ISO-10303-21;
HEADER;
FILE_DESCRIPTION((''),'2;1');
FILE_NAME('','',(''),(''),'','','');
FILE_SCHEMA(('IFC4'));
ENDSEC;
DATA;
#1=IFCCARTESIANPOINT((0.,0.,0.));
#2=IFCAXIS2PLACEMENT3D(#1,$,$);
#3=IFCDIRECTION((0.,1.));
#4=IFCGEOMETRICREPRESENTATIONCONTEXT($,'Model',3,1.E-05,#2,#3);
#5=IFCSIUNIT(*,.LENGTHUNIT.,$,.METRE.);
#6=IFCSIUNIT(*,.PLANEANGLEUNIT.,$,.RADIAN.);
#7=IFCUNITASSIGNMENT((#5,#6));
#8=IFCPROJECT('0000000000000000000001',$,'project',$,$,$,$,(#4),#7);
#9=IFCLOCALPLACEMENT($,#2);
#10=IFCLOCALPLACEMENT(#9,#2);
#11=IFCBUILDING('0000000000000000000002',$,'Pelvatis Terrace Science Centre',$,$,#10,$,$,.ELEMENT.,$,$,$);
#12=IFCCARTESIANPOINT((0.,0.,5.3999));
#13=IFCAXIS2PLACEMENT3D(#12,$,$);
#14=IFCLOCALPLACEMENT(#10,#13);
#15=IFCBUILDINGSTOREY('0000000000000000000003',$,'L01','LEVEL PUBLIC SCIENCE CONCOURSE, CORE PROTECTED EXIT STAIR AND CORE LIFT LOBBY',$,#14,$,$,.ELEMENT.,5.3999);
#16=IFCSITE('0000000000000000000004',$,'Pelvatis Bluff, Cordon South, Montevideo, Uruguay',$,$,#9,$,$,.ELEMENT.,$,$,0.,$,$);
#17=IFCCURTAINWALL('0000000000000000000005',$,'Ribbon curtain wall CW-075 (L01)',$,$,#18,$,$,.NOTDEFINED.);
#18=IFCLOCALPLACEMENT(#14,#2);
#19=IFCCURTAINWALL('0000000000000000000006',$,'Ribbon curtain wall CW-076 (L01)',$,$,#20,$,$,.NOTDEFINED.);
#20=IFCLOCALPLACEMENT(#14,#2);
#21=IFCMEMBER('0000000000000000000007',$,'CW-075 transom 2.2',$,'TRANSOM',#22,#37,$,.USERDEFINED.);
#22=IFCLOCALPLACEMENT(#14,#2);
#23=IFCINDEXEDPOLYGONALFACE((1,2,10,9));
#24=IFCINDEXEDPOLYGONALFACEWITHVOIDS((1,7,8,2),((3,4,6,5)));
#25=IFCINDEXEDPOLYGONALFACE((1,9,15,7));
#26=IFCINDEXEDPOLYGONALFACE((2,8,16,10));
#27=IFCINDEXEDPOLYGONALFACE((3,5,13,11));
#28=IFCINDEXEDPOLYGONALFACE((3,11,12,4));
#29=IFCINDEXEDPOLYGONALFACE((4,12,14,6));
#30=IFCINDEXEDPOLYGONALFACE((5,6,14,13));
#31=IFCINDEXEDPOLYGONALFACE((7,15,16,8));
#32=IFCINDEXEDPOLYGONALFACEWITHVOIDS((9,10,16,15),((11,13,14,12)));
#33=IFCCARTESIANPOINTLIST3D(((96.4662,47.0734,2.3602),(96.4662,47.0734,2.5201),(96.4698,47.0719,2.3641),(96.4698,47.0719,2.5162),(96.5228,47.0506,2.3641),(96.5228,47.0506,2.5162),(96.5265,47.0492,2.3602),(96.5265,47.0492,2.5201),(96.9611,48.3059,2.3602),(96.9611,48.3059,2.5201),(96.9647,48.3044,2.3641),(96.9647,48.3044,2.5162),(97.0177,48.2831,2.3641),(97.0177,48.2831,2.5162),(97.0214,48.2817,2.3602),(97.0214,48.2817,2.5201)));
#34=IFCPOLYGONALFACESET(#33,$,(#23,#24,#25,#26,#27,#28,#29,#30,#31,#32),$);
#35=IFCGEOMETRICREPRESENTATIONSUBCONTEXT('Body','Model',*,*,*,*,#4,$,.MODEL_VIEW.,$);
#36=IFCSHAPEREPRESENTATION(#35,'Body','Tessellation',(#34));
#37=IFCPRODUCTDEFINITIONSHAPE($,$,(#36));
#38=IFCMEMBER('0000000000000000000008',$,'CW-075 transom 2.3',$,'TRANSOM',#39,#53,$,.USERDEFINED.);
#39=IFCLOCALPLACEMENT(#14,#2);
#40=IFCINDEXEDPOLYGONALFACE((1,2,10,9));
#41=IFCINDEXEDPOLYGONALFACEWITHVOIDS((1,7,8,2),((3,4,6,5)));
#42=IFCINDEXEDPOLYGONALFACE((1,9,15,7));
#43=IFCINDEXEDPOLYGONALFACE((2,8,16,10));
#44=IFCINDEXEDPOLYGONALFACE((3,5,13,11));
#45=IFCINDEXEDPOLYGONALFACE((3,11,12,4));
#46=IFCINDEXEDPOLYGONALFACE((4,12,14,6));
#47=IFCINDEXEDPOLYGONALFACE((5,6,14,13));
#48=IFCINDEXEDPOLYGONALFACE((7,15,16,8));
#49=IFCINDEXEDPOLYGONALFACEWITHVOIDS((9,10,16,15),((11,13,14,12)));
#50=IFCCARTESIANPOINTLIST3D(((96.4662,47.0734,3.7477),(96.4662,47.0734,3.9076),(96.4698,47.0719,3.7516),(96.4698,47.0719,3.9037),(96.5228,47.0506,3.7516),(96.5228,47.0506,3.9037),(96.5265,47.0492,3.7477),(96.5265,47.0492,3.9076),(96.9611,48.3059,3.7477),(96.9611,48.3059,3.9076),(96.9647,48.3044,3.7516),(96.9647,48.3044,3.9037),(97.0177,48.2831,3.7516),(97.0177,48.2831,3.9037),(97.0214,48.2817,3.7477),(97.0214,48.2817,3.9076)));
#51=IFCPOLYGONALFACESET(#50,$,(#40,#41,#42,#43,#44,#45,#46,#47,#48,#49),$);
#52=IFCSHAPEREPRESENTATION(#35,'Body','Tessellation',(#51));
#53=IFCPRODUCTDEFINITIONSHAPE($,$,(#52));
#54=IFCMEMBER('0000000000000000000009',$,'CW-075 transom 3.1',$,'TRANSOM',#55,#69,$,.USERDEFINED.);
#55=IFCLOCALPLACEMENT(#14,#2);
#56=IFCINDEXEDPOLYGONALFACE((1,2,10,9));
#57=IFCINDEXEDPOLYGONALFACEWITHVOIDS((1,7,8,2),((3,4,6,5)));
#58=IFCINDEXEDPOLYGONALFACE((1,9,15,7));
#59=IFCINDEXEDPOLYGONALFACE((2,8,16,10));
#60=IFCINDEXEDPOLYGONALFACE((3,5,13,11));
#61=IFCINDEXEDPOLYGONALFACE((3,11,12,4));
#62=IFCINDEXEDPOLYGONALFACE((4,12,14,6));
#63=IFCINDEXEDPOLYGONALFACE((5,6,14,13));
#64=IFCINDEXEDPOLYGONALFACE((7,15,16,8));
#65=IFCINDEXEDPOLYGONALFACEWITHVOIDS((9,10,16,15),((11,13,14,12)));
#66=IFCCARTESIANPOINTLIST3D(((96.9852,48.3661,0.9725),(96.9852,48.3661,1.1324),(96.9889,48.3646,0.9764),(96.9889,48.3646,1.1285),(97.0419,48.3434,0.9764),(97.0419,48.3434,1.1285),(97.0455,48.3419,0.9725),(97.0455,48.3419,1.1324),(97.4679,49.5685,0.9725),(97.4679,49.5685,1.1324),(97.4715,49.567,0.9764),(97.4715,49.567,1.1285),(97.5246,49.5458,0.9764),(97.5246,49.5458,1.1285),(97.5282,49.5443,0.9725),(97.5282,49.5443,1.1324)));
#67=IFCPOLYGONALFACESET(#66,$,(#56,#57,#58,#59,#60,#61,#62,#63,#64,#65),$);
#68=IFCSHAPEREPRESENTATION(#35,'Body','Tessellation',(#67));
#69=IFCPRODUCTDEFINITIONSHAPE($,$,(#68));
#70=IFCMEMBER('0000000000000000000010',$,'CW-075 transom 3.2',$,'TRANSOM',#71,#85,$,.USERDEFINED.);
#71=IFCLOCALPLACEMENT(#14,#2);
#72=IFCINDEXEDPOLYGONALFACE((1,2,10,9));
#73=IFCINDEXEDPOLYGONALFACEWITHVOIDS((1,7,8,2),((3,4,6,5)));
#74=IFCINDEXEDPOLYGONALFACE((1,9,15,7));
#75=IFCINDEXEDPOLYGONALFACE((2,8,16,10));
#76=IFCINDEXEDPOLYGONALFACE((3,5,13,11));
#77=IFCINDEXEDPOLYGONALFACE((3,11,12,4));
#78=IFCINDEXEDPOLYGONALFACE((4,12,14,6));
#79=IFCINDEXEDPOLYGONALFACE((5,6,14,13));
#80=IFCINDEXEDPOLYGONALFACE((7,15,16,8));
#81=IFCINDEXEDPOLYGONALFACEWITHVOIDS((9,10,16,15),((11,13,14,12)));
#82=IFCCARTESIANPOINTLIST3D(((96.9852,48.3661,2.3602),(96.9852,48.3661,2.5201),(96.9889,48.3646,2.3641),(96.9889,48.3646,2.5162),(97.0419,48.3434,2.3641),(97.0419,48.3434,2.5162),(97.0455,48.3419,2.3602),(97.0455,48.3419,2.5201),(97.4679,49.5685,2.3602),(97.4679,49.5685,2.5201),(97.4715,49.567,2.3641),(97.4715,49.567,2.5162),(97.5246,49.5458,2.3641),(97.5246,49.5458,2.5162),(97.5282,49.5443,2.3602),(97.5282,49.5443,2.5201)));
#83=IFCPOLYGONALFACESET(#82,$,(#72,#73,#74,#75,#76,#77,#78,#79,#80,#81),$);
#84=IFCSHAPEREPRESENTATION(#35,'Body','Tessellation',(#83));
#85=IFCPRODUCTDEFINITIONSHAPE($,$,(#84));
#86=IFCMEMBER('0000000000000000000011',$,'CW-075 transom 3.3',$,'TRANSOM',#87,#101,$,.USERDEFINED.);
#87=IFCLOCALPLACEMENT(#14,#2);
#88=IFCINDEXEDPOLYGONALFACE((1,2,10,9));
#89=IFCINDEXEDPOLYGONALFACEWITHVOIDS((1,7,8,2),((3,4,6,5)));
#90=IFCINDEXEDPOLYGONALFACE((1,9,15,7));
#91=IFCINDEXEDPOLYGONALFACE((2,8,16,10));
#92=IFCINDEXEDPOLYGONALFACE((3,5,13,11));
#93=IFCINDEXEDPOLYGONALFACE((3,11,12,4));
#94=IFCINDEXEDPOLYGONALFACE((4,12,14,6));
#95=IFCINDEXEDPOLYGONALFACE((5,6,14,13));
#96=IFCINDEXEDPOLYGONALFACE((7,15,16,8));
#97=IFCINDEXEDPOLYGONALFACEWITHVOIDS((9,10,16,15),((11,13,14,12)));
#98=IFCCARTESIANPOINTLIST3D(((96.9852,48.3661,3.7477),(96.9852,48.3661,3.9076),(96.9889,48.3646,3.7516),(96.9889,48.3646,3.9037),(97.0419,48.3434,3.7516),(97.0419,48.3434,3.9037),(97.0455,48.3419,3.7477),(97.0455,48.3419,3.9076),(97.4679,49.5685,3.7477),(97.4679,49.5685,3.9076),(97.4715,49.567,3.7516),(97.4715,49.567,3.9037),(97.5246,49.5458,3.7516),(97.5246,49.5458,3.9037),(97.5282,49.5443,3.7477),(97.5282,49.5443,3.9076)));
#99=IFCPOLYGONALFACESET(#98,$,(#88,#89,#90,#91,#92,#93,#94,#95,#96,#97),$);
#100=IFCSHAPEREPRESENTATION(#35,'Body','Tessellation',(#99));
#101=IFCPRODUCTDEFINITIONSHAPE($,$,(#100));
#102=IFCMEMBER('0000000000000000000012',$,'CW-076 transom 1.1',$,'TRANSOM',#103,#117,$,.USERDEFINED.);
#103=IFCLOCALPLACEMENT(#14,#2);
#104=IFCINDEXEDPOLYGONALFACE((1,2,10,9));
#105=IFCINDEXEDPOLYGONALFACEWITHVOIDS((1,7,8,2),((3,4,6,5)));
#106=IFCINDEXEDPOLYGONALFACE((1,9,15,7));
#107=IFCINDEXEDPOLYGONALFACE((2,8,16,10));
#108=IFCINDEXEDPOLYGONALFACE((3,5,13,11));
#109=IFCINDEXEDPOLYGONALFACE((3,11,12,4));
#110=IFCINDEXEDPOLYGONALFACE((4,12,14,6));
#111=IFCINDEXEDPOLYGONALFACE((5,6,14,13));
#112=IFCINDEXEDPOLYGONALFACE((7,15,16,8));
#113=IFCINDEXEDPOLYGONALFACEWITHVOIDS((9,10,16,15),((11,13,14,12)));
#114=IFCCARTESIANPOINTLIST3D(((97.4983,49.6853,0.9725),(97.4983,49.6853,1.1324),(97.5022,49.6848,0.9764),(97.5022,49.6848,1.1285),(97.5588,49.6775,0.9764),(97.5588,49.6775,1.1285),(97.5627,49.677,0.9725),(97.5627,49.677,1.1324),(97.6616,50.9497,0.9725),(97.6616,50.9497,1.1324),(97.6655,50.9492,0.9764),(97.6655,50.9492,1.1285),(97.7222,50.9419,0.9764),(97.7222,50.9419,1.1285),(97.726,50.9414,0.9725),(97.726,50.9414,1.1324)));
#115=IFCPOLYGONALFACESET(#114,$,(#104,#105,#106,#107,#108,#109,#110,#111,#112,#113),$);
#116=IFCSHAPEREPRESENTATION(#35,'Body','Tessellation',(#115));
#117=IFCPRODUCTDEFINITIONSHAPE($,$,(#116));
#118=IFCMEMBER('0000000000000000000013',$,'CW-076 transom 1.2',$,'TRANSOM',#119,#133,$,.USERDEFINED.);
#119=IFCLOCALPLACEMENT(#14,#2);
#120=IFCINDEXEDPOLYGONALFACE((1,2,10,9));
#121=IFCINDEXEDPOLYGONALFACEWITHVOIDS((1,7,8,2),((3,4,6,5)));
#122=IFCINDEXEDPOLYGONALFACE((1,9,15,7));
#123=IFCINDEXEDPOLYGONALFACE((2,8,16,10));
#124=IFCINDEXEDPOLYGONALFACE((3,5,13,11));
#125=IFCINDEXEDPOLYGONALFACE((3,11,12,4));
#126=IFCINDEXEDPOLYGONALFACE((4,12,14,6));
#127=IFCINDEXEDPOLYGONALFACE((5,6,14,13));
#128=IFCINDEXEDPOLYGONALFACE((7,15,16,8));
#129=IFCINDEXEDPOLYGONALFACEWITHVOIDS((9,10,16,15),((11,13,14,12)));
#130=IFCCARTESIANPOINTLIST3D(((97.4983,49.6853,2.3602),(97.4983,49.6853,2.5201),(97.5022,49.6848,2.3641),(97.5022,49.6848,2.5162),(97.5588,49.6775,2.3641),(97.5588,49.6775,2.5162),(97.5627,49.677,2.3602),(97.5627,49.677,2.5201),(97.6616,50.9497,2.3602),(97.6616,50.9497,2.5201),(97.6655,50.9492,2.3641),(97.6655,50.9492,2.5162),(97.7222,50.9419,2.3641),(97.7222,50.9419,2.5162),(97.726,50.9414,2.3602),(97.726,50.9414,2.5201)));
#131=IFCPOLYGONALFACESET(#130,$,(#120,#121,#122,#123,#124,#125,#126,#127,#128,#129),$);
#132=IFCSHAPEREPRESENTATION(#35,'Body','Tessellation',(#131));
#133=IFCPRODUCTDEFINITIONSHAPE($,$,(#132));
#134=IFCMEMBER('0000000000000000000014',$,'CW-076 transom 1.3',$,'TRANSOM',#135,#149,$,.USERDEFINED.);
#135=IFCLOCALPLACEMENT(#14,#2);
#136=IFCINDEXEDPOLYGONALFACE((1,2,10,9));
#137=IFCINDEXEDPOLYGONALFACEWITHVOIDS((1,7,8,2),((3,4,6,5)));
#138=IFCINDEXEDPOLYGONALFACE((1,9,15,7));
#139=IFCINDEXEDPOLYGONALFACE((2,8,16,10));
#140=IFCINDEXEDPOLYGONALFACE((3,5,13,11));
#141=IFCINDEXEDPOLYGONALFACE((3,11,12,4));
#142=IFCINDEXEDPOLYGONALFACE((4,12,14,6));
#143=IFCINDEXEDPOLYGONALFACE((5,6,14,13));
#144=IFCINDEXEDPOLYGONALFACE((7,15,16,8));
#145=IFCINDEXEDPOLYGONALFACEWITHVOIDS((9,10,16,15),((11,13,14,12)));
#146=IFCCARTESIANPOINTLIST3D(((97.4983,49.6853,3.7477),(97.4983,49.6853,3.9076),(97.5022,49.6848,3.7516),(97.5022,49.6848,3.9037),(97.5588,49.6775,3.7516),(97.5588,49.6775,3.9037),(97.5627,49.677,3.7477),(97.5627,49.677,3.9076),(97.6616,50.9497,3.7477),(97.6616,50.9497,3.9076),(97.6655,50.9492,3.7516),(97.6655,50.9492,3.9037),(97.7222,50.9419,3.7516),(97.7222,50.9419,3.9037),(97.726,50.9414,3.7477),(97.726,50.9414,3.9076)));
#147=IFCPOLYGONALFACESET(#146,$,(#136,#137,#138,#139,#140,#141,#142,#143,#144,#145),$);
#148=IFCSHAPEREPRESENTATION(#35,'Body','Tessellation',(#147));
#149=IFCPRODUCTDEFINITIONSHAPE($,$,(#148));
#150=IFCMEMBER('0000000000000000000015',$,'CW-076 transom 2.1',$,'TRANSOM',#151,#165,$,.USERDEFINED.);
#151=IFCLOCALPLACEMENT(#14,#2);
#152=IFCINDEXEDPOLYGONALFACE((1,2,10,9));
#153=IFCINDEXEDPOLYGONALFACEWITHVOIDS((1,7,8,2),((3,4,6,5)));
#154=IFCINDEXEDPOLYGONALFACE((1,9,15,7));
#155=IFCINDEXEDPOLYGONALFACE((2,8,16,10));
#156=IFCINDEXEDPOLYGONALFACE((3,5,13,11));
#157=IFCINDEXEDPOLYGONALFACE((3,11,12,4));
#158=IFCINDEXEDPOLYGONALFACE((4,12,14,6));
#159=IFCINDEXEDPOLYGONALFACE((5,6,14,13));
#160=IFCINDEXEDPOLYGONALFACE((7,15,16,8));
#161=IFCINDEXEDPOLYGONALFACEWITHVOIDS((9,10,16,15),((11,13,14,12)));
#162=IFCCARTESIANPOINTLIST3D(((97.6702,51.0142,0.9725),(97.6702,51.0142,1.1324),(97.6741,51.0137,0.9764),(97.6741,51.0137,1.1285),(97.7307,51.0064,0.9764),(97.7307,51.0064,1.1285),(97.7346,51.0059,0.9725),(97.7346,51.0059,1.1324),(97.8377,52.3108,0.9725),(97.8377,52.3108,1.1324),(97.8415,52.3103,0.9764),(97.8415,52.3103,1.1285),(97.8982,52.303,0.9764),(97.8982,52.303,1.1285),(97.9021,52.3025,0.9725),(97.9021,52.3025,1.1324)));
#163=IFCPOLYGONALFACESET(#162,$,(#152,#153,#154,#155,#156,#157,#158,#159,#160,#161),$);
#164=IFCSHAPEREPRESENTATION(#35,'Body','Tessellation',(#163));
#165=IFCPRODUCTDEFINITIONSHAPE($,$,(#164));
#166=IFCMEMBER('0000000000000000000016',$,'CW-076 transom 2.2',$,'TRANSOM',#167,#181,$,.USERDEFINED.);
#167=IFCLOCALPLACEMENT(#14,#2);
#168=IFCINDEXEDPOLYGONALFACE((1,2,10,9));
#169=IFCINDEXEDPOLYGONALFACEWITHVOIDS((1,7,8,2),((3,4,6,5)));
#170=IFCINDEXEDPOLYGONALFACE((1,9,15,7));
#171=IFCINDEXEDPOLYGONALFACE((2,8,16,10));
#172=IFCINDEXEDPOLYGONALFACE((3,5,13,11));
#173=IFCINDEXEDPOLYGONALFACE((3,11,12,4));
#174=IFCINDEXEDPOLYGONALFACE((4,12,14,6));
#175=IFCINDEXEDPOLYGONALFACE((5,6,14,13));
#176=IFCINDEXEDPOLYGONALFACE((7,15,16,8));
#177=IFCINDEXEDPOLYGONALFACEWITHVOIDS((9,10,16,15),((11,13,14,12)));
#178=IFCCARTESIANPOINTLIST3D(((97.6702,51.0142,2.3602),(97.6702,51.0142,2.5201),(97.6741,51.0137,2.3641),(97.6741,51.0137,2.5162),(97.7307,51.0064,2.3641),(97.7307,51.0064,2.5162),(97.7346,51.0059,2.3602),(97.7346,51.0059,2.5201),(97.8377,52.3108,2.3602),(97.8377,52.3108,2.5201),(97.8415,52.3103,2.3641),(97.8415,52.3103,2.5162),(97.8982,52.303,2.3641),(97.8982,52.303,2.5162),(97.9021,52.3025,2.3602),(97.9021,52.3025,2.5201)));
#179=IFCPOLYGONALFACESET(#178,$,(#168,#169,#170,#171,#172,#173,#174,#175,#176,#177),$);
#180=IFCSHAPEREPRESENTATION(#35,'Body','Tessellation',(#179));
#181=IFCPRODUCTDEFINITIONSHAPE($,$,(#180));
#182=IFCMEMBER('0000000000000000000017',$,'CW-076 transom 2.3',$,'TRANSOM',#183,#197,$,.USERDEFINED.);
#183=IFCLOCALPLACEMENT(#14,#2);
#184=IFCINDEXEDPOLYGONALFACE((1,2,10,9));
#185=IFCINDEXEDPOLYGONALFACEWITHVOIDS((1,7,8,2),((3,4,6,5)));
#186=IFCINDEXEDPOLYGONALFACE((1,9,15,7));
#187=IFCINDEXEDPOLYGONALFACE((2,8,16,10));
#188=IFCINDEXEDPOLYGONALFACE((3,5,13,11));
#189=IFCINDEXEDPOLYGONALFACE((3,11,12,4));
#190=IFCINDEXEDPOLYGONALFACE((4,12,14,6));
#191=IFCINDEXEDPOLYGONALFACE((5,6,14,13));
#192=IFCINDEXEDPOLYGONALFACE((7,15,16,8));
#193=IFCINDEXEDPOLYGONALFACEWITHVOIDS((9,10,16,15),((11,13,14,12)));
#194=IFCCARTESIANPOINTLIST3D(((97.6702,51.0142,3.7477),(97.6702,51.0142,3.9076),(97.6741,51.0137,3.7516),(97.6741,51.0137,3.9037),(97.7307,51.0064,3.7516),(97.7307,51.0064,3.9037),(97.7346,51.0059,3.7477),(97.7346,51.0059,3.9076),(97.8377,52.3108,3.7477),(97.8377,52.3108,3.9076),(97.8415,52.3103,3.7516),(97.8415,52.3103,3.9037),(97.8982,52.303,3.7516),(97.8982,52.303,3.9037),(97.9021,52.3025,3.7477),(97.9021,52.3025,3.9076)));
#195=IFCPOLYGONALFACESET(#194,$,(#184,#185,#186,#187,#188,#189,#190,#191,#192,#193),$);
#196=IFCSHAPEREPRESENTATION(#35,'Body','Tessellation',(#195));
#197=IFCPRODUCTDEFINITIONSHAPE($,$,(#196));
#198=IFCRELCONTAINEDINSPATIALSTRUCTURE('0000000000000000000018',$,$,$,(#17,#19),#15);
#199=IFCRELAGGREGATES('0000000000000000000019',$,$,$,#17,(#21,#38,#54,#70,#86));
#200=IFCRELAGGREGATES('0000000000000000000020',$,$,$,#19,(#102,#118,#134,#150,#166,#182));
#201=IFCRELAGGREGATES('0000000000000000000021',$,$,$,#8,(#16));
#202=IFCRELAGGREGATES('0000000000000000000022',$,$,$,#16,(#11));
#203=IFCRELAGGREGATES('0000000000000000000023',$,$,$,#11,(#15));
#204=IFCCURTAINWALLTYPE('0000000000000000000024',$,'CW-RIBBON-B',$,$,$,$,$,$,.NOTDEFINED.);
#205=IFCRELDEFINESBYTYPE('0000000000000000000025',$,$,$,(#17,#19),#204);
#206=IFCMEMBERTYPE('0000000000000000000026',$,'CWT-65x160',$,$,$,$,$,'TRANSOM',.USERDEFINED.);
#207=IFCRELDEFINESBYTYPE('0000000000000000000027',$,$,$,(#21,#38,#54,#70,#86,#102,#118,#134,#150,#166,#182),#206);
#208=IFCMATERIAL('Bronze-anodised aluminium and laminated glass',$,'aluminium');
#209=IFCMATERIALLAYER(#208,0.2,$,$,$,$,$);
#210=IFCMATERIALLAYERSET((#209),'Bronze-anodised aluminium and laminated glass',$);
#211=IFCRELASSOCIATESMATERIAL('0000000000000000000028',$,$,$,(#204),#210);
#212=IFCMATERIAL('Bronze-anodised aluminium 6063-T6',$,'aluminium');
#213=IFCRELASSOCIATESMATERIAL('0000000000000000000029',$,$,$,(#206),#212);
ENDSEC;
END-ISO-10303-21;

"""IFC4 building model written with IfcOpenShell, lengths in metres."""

from ifc_helpers import new_model, si_unit, direction, frame, origin, origin_2d, place, context, subcontext, project, spatial, hollow_rectangle, extrude, material, layer, layer_set, material_profile, profile_set, type_object, element, aggregate, save


model = new_model("IFC4")

# Units and contexts
model_context = context("Model", 3, precision=1e-05, world=origin(), true_north=direction((0.0, 1.0)))
body_context = subcontext(model_context, "Body", "Model", "MODEL_VIEW")
ifc_project = project(units=[si_unit("LENGTHUNIT", "METRE"), si_unit("PLANEANGLEUNIT", "RADIAN")], contexts=[model_context])

# Site, building, storey
site_placement = place(None, origin())
site = spatial("IfcSite", under=ifc_project, at=site_placement, Name="Pelvatis Bluff, Cordon South, Montevideo, Uruguay", CompositionType="ELEMENT", RefElevation=0.0)
building_placement = place(site_placement, origin())
building = spatial("IfcBuilding", under=site, at=building_placement, Name="Pelvatis Terrace Science Centre", CompositionType="ELEMENT")
storey_placement = place(building_placement, frame((0.0, 0.0, 5.3999)))
storey = spatial("IfcBuildingStorey", under=building, at=storey_placement, Name="L01", Description="LEVEL PUBLIC SCIENCE CONCOURSE, CORE PROTECTED EXIT STAIR AND CORE LIFT LOBBY", CompositionType="ELEMENT", Elevation=5.3999)

# Curtain walls
ifc_material_1 = material(Name="Bronze-anodised aluminium and laminated glass", Category="aluminium")
ifc_layer_1 = layer(ifc_material_1, 0.2)
ifc_layer_set_1 = layer_set([ifc_layer_1], Name="Bronze-anodised aluminium and laminated glass")
curtain_wall_type = type_object("IfcCurtainWallType", Name="CW-RIBBON-B", PredefinedType="NOTDEFINED", material=ifc_layer_set_1)
curtain_wall_1_placement = place(storey_placement, origin())
curtain_wall_1 = element("IfcCurtainWall", 1, at=curtain_wall_1_placement, inside=storey, type_object=curtain_wall_type, Name="Ribbon curtain wall CW-075 (L01)", PredefinedType="NOTDEFINED")
curtain_wall_2_placement = place(storey_placement, origin())
curtain_wall_2 = element("IfcCurtainWall", 2, at=curtain_wall_2_placement, inside=storey, type_object=curtain_wall_type, Name="Ribbon curtain wall CW-076 (L01)", PredefinedType="NOTDEFINED")

# Members
ifc_material_2 = material(Name="Bronze-anodised aluminium 6063-T6", Category="aluminium")
ifc_material_profile_1 = material_profile(ifc_material_2, hollow_rectangle(XDim=0.0649, YDim=0.1599, WallThickness=0.0039, at=origin_2d()), Name="ALU-TRN 65x160")
ifc_profile_set_1 = profile_set([ifc_material_profile_1], Name="Bronze-anodised aluminium 6063-T6")
member_type_1 = type_object("IfcMemberType", Name="CWT-65x160", ElementType="TRANSOM", PredefinedType="USERDEFINED", material=ifc_profile_set_1)
member_1_placement = place(storey_placement, frame((96.4963, 47.0613, 2.4402), z_axis=(0.372626, 0.927981, 0.0), x_axis=(-0.927981, 0.372626, 0.0)))
member_1 = element("IfcMember", 3, at=member_1_placement, type_object=member_type_1, Name="CW-075 transom 2.2", ObjectType="TRANSOM", PredefinedType="USERDEFINED", context=body_context, shape_type="SweptSolid", body=[
    extrude(hollow_rectangle(XDim=0.0649, YDim=0.1599, WallThickness=0.0039, at=origin_2d()), origin(), (0.0, 0.0, 1.0), 1.3281),
])
member_2_placement = place(storey_placement, frame((96.4963, 47.0613, 3.8276), z_axis=(0.372626, 0.927981, 0.0), x_axis=(-0.927981, 0.372626, 0.0)))
member_2 = element("IfcMember", 4, at=member_2_placement, type_object=member_type_1, Name="CW-075 transom 2.3", ObjectType="TRANSOM", PredefinedType="USERDEFINED", context=body_context, shape_type="SweptSolid", body=[
    extrude(hollow_rectangle(XDim=0.0649, YDim=0.1599, WallThickness=0.0039, at=origin_2d()), origin(), (0.0, 0.0, 1.0), 1.3281),
])
member_3_placement = place(storey_placement, frame((97.0154, 48.354, 1.0525), z_axis=(0.372527, 0.928021, 0.0), x_axis=(-0.928021, 0.372527, 0.0)))
member_3 = element("IfcMember", 5, at=member_3_placement, type_object=member_type_1, Name="CW-075 transom 3.1", ObjectType="TRANSOM", PredefinedType="USERDEFINED", context=body_context, shape_type="SweptSolid", body=[
    extrude(hollow_rectangle(XDim=0.0649, YDim=0.1599, WallThickness=0.0039, at=origin_2d()), origin(), (0.0, 0.0, 1.0), 1.2957),
])
member_4_placement = place(storey_placement, frame((97.0154, 48.354, 2.4402), z_axis=(0.372527, 0.928021, 0.0), x_axis=(-0.928021, 0.372527, 0.0)))
member_4 = element("IfcMember", 6, at=member_4_placement, type_object=member_type_1, Name="CW-075 transom 3.2", ObjectType="TRANSOM", PredefinedType="USERDEFINED", context=body_context, shape_type="SweptSolid", body=[
    extrude(hollow_rectangle(XDim=0.0649, YDim=0.1599, WallThickness=0.0039, at=origin_2d()), origin(), (0.0, 0.0, 1.0), 1.2957),
])
member_5_placement = place(storey_placement, frame((97.0154, 48.354, 3.8276), z_axis=(0.372527, 0.928021, 0.0), x_axis=(-0.928021, 0.372527, 0.0)))
member_5 = element("IfcMember", 7, at=member_5_placement, type_object=member_type_1, Name="CW-075 transom 3.3", ObjectType="TRANSOM", PredefinedType="USERDEFINED", context=body_context, shape_type="SweptSolid", body=[
    extrude(hollow_rectangle(XDim=0.0649, YDim=0.1599, WallThickness=0.0039, at=origin_2d()), origin(), (0.0, 0.0, 1.0), 1.2957),
])
member_6_placement = place(storey_placement, frame((97.5305, 49.6812, 1.0525), z_axis=(0.128111, 0.99176, 0.0), x_axis=(-0.99176, 0.128111, 0.0)))
member_6 = element("IfcMember", 8, at=member_6_placement, type_object=member_type_1, Name="CW-076 transom 1.1", ObjectType="TRANSOM", PredefinedType="USERDEFINED", context=body_context, shape_type="SweptSolid", body=[
    extrude(hollow_rectangle(XDim=0.0649, YDim=0.1599, WallThickness=0.0039, at=origin_2d()), origin(), (0.0, 0.0, 1.0), 1.2749),
])
member_7_placement = place(storey_placement, frame((97.5305, 49.6812, 2.4402), z_axis=(0.128111, 0.99176, 0.0), x_axis=(-0.99176, 0.128111, 0.0)))
member_7 = element("IfcMember", 9, at=member_7_placement, type_object=member_type_1, Name="CW-076 transom 1.2", ObjectType="TRANSOM", PredefinedType="USERDEFINED", context=body_context, shape_type="SweptSolid", body=[
    extrude(hollow_rectangle(XDim=0.0649, YDim=0.1599, WallThickness=0.0039, at=origin_2d()), origin(), (0.0, 0.0, 1.0), 1.2749),
])
member_8_placement = place(storey_placement, frame((97.5305, 49.6812, 3.8276), z_axis=(0.128111, 0.99176, 0.0), x_axis=(-0.99176, 0.128111, 0.0)))
member_8 = element("IfcMember", 10, at=member_8_placement, type_object=member_type_1, Name="CW-076 transom 1.3", ObjectType="TRANSOM", PredefinedType="USERDEFINED", context=body_context, shape_type="SweptSolid", body=[
    extrude(hollow_rectangle(XDim=0.0649, YDim=0.1599, WallThickness=0.0039, at=origin_2d()), origin(), (0.0, 0.0, 1.0), 1.2749),
])
member_9_placement = place(storey_placement, frame((97.7024, 51.01, 1.0525), z_axis=(0.128102, 0.991761, 0.0), x_axis=(-0.991761, 0.128102, 0.0)))
member_9 = element("IfcMember", 11, at=member_9_placement, type_object=member_type_1, Name="CW-076 transom 2.1", ObjectType="TRANSOM", PredefinedType="USERDEFINED", context=body_context, shape_type="SweptSolid", body=[
    extrude(hollow_rectangle(XDim=0.0649, YDim=0.1599, WallThickness=0.0039, at=origin_2d()), origin(), (0.0, 0.0, 1.0), 1.3074),
])
member_10_placement = place(storey_placement, frame((97.7024, 51.01, 2.4402), z_axis=(0.128102, 0.991761, 0.0), x_axis=(-0.991761, 0.128102, 0.0)))
member_10 = element("IfcMember", 12, at=member_10_placement, type_object=member_type_1, Name="CW-076 transom 2.2", ObjectType="TRANSOM", PredefinedType="USERDEFINED", context=body_context, shape_type="SweptSolid", body=[
    extrude(hollow_rectangle(XDim=0.0649, YDim=0.1599, WallThickness=0.0039, at=origin_2d()), origin(), (0.0, 0.0, 1.0), 1.3074),
])
member_11_placement = place(storey_placement, frame((97.7024, 51.01, 3.8276), z_axis=(0.128102, 0.991761, 0.0), x_axis=(-0.991761, 0.128102, 0.0)))
member_11 = element("IfcMember", 13, at=member_11_placement, type_object=member_type_1, Name="CW-076 transom 2.3", ObjectType="TRANSOM", PredefinedType="USERDEFINED", context=body_context, shape_type="SweptSolid", body=[
    extrude(hollow_rectangle(XDim=0.0649, YDim=0.1599, WallThickness=0.0039, at=origin_2d()), origin(), (0.0, 0.0, 1.0), 1.3074),
])

aggregate(curtain_wall_1, [member_1, member_2, member_3, member_4, member_5])
aggregate(curtain_wall_2, [member_6, member_7, member_8, member_9, member_10, member_11])

save(model, "model.ifc")
